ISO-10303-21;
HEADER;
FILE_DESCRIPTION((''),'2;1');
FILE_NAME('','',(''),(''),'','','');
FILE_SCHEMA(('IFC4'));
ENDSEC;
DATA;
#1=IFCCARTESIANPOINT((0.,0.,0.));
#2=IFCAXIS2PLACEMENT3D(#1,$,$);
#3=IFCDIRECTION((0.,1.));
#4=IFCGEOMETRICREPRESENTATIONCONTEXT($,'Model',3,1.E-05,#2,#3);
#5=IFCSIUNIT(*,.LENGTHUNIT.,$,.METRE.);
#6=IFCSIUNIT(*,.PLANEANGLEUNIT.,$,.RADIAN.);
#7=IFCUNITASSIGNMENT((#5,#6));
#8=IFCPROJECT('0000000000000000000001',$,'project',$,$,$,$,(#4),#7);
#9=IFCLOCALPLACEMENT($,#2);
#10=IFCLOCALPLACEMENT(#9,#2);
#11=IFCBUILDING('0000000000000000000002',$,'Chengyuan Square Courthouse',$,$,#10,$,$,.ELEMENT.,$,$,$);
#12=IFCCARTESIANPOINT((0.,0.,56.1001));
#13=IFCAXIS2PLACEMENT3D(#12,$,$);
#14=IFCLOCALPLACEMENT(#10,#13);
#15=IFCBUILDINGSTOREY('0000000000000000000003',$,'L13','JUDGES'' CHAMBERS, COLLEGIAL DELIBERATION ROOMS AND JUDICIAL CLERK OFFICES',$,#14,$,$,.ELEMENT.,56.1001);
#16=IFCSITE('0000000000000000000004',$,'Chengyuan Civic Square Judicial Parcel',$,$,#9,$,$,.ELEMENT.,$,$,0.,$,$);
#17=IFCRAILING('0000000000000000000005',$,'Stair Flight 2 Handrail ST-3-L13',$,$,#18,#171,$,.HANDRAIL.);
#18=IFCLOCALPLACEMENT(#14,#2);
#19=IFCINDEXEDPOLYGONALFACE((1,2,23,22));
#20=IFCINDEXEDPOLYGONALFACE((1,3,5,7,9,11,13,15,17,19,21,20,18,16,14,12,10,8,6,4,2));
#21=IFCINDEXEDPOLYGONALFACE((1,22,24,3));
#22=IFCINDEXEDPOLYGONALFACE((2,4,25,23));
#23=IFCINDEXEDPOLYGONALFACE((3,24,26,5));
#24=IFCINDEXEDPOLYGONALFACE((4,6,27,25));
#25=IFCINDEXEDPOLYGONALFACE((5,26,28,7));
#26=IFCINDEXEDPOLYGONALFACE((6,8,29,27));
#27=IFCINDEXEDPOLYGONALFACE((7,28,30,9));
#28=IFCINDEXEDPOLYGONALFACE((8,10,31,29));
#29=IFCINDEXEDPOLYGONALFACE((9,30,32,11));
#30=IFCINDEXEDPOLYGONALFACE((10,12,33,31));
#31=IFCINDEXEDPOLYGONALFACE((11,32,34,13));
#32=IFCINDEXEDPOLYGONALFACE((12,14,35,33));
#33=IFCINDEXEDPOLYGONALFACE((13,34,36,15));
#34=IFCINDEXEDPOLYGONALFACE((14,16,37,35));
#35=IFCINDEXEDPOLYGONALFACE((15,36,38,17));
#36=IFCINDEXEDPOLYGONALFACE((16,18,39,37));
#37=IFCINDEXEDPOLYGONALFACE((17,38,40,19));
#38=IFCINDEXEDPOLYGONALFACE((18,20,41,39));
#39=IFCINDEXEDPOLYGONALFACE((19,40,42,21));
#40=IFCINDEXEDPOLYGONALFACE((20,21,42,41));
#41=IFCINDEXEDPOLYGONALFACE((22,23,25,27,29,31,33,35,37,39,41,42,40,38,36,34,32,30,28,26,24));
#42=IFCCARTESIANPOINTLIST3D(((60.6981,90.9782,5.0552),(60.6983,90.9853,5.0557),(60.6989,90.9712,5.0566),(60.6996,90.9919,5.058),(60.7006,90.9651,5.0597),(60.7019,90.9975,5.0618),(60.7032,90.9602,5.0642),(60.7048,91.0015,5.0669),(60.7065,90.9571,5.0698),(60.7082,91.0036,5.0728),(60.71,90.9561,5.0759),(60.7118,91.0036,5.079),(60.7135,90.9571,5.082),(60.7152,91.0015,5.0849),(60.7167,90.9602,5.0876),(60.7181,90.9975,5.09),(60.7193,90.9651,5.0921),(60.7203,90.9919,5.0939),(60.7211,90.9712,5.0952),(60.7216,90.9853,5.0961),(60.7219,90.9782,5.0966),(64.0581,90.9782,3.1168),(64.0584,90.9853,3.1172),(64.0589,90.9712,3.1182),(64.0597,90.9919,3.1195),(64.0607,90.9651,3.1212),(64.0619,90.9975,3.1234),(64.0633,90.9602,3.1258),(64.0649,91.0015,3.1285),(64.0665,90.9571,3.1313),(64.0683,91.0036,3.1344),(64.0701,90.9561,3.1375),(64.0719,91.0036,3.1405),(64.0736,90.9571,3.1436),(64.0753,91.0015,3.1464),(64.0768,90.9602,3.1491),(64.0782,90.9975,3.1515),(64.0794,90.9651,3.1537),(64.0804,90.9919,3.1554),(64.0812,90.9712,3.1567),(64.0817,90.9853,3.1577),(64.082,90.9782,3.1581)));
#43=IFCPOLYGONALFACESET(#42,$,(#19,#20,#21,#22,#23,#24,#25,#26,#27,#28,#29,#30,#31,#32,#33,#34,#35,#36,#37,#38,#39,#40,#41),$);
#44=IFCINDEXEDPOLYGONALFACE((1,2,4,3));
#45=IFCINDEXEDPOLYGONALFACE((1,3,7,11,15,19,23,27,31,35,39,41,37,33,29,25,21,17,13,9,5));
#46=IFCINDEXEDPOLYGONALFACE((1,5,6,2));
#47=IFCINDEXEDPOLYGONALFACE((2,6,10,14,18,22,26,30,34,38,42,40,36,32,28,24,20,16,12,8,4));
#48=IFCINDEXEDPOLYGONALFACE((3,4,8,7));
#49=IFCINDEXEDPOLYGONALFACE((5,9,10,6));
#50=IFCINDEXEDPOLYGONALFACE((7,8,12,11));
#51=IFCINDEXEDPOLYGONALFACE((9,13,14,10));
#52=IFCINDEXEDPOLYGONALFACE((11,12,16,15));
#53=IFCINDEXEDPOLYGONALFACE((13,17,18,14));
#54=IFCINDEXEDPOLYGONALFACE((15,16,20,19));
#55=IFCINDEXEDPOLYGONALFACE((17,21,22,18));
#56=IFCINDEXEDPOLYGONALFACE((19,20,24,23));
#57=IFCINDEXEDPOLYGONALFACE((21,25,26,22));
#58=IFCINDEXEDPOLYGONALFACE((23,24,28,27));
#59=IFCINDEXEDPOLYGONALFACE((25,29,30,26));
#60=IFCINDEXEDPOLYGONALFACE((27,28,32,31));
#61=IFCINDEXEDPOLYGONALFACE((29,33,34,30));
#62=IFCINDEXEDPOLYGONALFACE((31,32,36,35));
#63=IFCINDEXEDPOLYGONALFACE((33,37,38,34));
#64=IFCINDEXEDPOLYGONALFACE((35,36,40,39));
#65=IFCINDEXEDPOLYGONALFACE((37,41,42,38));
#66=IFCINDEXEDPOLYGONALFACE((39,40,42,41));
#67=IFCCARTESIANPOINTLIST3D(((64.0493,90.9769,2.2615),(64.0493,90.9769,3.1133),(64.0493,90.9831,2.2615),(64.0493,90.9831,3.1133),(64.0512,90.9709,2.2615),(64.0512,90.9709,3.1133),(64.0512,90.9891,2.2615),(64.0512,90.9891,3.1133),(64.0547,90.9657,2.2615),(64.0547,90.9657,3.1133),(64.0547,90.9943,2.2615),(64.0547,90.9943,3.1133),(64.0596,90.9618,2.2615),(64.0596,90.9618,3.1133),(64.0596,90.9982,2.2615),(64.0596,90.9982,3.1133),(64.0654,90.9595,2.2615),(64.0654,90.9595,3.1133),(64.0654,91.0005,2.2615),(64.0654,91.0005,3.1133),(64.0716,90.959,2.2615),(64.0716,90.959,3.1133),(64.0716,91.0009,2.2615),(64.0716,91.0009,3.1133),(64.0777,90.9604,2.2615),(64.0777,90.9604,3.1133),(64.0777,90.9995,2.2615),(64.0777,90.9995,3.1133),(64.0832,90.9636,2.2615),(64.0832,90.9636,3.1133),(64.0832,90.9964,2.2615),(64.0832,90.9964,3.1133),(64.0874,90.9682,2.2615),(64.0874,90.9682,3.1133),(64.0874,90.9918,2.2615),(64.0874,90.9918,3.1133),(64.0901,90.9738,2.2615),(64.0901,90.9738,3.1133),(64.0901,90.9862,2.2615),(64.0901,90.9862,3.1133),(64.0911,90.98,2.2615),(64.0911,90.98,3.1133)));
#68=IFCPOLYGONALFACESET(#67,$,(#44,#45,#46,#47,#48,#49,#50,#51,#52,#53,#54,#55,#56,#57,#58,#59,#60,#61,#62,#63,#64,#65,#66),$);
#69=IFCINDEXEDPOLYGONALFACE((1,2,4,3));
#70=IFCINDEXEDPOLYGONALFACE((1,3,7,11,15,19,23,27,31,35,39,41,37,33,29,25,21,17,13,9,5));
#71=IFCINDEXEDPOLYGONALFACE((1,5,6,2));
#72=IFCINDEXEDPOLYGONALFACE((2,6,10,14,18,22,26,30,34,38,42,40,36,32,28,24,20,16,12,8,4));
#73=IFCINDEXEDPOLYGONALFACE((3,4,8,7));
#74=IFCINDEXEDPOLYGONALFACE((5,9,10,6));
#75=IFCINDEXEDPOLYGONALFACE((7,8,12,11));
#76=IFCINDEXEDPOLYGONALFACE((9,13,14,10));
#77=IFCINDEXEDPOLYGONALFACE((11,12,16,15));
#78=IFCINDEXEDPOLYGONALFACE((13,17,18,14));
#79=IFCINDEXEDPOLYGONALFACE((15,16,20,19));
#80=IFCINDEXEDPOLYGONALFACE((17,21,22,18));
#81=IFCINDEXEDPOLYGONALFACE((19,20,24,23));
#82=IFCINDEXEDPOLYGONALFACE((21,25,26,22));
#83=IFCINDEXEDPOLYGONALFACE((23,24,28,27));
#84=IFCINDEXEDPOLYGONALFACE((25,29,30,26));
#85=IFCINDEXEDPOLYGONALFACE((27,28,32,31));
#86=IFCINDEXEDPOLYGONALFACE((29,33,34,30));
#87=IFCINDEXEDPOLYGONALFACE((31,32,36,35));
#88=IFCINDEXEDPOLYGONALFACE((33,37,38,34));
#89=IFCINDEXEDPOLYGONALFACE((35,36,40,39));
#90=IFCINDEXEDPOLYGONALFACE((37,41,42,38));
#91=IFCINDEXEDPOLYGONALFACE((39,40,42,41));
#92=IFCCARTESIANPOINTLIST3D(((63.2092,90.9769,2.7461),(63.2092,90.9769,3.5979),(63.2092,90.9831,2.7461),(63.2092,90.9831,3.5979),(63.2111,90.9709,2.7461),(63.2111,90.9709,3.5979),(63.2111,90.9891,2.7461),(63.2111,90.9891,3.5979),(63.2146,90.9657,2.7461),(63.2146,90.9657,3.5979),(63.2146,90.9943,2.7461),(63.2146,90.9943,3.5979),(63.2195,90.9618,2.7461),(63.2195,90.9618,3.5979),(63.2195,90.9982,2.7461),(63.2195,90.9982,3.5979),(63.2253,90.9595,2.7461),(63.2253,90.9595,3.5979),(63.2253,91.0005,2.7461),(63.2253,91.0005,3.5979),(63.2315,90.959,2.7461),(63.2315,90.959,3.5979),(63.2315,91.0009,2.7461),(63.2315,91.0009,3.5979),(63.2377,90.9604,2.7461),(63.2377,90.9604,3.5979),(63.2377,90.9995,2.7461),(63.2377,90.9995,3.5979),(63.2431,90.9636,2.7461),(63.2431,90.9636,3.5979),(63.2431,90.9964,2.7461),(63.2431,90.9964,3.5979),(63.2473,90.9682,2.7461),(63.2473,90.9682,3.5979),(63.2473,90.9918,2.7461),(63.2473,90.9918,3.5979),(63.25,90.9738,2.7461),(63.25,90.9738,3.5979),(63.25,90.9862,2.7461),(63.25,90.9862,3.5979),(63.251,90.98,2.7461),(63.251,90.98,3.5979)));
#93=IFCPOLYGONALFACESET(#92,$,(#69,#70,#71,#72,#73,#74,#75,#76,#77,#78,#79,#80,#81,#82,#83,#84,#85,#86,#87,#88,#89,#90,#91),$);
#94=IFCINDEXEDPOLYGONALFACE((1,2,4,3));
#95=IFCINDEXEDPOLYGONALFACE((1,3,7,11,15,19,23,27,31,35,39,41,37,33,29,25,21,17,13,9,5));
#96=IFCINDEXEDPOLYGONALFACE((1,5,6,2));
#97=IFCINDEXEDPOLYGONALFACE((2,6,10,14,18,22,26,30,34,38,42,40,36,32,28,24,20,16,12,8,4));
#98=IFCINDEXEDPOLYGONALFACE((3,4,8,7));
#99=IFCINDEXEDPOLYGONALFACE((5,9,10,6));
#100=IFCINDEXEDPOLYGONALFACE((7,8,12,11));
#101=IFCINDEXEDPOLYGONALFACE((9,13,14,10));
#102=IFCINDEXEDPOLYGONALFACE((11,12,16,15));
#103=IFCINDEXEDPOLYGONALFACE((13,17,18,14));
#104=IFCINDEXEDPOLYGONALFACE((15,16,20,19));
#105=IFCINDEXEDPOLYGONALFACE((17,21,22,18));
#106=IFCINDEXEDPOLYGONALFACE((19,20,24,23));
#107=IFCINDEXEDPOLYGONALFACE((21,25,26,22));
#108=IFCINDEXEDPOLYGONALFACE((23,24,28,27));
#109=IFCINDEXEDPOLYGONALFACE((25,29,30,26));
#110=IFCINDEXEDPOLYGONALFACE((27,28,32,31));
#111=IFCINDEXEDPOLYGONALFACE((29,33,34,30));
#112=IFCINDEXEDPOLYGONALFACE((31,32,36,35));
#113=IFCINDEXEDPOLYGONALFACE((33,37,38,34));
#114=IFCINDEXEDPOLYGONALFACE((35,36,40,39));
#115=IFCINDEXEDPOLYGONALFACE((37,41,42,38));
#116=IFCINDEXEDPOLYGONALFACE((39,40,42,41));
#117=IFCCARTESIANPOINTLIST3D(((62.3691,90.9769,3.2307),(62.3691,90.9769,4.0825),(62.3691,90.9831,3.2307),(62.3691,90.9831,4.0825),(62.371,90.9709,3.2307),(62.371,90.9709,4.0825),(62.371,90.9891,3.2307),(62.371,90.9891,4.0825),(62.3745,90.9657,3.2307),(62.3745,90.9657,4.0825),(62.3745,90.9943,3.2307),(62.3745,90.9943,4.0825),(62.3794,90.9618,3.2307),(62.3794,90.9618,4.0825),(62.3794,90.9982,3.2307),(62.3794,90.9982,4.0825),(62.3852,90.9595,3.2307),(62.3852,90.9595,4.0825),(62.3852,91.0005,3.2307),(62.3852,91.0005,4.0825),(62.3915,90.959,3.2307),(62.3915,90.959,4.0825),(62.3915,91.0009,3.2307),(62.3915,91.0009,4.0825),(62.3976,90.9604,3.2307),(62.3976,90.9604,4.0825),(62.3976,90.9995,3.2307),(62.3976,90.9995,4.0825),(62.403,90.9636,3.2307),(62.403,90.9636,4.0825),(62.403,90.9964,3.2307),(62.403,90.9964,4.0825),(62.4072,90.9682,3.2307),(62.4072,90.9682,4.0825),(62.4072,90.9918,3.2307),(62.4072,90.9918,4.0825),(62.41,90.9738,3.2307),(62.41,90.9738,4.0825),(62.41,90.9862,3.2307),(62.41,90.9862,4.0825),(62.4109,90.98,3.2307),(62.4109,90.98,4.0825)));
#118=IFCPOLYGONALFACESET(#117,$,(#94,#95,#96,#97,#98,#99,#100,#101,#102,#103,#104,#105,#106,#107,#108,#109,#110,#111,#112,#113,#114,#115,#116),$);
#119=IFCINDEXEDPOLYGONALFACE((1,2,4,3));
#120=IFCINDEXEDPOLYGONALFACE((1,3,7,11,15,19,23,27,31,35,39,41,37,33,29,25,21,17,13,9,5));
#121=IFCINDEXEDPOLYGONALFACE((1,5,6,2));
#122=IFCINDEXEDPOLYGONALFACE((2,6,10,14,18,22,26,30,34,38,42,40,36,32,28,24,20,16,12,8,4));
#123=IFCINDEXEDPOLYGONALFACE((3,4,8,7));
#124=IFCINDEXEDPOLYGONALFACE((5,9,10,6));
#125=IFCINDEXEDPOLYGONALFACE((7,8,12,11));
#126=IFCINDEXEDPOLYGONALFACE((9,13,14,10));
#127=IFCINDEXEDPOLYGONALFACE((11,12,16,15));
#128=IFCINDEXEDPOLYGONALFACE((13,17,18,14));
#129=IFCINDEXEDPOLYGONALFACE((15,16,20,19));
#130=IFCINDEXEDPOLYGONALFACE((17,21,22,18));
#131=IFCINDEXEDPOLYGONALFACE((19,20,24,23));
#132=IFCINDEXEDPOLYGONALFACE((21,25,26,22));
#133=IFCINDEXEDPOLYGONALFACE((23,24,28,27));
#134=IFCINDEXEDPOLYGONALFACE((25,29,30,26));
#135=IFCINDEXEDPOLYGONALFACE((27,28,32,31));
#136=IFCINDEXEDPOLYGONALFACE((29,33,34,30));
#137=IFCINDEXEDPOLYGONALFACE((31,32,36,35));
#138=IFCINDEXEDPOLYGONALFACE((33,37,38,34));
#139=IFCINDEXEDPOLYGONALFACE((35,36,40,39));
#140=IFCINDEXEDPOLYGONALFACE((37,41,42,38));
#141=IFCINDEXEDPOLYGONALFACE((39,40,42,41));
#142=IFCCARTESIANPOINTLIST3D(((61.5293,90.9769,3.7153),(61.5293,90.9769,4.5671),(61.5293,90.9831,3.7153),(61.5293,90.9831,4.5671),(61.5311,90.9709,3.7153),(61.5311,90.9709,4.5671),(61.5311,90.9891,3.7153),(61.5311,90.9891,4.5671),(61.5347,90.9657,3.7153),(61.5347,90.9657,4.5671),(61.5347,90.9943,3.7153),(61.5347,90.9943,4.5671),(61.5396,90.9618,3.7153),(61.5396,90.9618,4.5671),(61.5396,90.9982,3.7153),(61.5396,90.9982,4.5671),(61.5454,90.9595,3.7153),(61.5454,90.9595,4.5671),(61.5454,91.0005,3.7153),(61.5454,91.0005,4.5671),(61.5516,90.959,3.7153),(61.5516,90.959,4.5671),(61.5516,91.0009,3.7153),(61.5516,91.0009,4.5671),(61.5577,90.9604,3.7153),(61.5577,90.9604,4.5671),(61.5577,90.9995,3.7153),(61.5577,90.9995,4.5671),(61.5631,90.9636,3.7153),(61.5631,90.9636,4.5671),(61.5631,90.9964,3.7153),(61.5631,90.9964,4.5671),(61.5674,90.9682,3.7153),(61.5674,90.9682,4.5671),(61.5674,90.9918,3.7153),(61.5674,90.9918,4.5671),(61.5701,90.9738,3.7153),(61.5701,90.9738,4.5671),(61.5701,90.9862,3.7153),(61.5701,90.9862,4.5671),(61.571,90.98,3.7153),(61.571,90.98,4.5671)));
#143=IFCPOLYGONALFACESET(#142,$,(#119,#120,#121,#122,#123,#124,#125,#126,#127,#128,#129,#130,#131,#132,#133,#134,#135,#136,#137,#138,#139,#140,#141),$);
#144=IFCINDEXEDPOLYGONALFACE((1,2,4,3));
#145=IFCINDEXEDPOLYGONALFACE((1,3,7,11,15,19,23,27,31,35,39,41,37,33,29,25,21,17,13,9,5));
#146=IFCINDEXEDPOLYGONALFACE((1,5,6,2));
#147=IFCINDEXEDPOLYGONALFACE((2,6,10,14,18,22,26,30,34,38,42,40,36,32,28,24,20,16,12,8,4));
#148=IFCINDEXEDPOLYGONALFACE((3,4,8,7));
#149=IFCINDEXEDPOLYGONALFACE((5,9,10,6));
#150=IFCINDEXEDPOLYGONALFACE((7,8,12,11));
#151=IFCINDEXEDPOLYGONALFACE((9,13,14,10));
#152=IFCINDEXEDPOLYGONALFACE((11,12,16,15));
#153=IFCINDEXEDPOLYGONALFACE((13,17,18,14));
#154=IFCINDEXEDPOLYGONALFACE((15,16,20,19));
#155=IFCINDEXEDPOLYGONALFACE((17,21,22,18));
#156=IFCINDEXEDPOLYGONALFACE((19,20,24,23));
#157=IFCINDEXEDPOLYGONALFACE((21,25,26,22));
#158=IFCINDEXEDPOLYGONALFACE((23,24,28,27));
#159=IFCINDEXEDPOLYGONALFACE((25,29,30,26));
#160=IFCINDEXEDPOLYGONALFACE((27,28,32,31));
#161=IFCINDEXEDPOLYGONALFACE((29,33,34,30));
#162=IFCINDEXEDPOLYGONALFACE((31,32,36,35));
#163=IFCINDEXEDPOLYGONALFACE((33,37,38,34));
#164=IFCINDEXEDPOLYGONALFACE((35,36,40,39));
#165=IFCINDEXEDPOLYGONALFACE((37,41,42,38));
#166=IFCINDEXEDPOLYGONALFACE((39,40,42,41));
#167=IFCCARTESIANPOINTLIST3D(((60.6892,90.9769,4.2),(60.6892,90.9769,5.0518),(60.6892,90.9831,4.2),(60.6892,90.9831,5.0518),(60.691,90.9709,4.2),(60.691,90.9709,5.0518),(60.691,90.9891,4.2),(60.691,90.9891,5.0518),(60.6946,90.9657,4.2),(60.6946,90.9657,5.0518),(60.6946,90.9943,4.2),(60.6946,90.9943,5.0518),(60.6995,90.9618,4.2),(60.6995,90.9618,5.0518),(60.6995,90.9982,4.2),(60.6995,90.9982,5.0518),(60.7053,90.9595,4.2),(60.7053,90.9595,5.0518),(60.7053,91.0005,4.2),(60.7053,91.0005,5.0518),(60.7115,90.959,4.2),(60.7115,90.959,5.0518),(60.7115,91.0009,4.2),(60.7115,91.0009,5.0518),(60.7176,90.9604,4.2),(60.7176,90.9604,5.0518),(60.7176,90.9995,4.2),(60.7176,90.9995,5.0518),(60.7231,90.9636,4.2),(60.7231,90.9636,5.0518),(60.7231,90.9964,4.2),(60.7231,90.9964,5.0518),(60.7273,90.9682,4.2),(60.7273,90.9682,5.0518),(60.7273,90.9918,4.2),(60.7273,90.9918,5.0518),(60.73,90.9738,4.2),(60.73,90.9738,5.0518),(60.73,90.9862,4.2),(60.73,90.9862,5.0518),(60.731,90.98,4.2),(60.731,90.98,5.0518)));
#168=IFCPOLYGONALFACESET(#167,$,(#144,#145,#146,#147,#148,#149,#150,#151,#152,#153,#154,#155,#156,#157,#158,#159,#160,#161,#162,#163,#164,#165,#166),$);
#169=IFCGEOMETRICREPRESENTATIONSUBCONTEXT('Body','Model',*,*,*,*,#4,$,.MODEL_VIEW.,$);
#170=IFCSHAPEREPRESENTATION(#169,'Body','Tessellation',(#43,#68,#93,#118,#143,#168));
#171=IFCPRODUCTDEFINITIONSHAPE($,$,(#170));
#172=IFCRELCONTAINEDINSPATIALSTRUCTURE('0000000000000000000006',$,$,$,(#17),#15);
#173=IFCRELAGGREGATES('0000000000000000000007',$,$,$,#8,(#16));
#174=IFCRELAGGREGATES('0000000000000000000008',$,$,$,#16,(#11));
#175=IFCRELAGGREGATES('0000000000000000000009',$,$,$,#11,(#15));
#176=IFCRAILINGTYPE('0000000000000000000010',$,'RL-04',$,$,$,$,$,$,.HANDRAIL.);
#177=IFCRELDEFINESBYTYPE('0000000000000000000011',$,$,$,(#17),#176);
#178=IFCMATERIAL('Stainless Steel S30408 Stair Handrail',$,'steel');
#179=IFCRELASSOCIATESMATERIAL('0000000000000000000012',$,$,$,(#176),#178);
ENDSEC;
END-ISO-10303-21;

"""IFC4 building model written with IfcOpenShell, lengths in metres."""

from ifc_helpers import new_model, si_unit, direction, frame, origin, origin_2d, place, context, subcontext, project, spatial, circle, extrude, material, type_object, element, save


model = new_model("IFC4")

# Units and contexts
model_context = context("Model", 3, precision=1e-05, world=origin(), true_north=direction((0.0, 1.0)))
body_context = subcontext(model_context, "Body", "Model", "MODEL_VIEW")
ifc_project = project(units=[si_unit("LENGTHUNIT", "METRE"), si_unit("PLANEANGLEUNIT", "RADIAN")], contexts=[model_context])

# Site, building, storey
site_placement = place(None, origin())
site = spatial("IfcSite", under=ifc_project, at=site_placement, Name="Chengyuan Civic Square Judicial Parcel", CompositionType="ELEMENT", RefElevation=0.0)
building_placement = place(site_placement, origin())
building = spatial("IfcBuilding", under=site, at=building_placement, Name="Chengyuan Square Courthouse", CompositionType="ELEMENT")
storey_placement = place(building_placement, frame((0.0, 0.0, 56.1001)))
storey = spatial("IfcBuildingStorey", under=building, at=storey_placement, Name="L13", Description="JUDGES' CHAMBERS, COLLEGIAL DELIBERATION ROOMS AND JUDICIAL CLERK OFFICES", CompositionType="ELEMENT", Elevation=56.1001)

# Railing
ifc_material_1 = material(Name="Stainless Steel S30408 Stair Handrail", Category="steel")
railing_type_1 = type_object("IfcRailingType", Name="RL-04", PredefinedType="HANDRAIL", material=ifc_material_1)
for number, where, name in (
    (1, (64.0701, 90.98, 2.2615), "Stair Flight 2 Handrail ST-3-L13"),
):
    element("IfcRailing", number, at=place(storey_placement, frame(where)), inside=storey, type_object=railing_type_1, Name=name, PredefinedType="HANDRAIL", context=body_context, shape_type="SweptSolid", body=[
        extrude(circle(Radius=0.0239, at=origin_2d()), frame((0.0, 0.0, 0.876), z_axis=(-0.866191, 0.0, 0.499713), x_axis=(0.0, -1.0, 0.0)), (0.0, 0.0, 1.0), 3.8792),
        extrude(circle(Radius=0.021, at=origin_2d()), origin(), (0.0, 0.0, 1.0), 0.8518),
        extrude(circle(Radius=0.021, at=origin_2d()), frame((-0.8401, 0.0, 0.4846)), (0.0, 0.0, 1.0), 0.8518),
        extrude(circle(Radius=0.021, at=origin_2d()), frame((-1.6802, 0.0, 0.9692)), (0.0, 0.0, 1.0), 0.8518),
        extrude(circle(Radius=0.021, at=origin_2d()), frame((-2.52, 0.0, 1.4539)), (0.0, 0.0, 1.0), 0.8518),
        extrude(circle(Radius=0.021, at=origin_2d()), frame((-3.3601, 0.0, 1.9385)), (0.0, 0.0, 1.0), 0.8518),
    ])

save(model, "model.ifc")
